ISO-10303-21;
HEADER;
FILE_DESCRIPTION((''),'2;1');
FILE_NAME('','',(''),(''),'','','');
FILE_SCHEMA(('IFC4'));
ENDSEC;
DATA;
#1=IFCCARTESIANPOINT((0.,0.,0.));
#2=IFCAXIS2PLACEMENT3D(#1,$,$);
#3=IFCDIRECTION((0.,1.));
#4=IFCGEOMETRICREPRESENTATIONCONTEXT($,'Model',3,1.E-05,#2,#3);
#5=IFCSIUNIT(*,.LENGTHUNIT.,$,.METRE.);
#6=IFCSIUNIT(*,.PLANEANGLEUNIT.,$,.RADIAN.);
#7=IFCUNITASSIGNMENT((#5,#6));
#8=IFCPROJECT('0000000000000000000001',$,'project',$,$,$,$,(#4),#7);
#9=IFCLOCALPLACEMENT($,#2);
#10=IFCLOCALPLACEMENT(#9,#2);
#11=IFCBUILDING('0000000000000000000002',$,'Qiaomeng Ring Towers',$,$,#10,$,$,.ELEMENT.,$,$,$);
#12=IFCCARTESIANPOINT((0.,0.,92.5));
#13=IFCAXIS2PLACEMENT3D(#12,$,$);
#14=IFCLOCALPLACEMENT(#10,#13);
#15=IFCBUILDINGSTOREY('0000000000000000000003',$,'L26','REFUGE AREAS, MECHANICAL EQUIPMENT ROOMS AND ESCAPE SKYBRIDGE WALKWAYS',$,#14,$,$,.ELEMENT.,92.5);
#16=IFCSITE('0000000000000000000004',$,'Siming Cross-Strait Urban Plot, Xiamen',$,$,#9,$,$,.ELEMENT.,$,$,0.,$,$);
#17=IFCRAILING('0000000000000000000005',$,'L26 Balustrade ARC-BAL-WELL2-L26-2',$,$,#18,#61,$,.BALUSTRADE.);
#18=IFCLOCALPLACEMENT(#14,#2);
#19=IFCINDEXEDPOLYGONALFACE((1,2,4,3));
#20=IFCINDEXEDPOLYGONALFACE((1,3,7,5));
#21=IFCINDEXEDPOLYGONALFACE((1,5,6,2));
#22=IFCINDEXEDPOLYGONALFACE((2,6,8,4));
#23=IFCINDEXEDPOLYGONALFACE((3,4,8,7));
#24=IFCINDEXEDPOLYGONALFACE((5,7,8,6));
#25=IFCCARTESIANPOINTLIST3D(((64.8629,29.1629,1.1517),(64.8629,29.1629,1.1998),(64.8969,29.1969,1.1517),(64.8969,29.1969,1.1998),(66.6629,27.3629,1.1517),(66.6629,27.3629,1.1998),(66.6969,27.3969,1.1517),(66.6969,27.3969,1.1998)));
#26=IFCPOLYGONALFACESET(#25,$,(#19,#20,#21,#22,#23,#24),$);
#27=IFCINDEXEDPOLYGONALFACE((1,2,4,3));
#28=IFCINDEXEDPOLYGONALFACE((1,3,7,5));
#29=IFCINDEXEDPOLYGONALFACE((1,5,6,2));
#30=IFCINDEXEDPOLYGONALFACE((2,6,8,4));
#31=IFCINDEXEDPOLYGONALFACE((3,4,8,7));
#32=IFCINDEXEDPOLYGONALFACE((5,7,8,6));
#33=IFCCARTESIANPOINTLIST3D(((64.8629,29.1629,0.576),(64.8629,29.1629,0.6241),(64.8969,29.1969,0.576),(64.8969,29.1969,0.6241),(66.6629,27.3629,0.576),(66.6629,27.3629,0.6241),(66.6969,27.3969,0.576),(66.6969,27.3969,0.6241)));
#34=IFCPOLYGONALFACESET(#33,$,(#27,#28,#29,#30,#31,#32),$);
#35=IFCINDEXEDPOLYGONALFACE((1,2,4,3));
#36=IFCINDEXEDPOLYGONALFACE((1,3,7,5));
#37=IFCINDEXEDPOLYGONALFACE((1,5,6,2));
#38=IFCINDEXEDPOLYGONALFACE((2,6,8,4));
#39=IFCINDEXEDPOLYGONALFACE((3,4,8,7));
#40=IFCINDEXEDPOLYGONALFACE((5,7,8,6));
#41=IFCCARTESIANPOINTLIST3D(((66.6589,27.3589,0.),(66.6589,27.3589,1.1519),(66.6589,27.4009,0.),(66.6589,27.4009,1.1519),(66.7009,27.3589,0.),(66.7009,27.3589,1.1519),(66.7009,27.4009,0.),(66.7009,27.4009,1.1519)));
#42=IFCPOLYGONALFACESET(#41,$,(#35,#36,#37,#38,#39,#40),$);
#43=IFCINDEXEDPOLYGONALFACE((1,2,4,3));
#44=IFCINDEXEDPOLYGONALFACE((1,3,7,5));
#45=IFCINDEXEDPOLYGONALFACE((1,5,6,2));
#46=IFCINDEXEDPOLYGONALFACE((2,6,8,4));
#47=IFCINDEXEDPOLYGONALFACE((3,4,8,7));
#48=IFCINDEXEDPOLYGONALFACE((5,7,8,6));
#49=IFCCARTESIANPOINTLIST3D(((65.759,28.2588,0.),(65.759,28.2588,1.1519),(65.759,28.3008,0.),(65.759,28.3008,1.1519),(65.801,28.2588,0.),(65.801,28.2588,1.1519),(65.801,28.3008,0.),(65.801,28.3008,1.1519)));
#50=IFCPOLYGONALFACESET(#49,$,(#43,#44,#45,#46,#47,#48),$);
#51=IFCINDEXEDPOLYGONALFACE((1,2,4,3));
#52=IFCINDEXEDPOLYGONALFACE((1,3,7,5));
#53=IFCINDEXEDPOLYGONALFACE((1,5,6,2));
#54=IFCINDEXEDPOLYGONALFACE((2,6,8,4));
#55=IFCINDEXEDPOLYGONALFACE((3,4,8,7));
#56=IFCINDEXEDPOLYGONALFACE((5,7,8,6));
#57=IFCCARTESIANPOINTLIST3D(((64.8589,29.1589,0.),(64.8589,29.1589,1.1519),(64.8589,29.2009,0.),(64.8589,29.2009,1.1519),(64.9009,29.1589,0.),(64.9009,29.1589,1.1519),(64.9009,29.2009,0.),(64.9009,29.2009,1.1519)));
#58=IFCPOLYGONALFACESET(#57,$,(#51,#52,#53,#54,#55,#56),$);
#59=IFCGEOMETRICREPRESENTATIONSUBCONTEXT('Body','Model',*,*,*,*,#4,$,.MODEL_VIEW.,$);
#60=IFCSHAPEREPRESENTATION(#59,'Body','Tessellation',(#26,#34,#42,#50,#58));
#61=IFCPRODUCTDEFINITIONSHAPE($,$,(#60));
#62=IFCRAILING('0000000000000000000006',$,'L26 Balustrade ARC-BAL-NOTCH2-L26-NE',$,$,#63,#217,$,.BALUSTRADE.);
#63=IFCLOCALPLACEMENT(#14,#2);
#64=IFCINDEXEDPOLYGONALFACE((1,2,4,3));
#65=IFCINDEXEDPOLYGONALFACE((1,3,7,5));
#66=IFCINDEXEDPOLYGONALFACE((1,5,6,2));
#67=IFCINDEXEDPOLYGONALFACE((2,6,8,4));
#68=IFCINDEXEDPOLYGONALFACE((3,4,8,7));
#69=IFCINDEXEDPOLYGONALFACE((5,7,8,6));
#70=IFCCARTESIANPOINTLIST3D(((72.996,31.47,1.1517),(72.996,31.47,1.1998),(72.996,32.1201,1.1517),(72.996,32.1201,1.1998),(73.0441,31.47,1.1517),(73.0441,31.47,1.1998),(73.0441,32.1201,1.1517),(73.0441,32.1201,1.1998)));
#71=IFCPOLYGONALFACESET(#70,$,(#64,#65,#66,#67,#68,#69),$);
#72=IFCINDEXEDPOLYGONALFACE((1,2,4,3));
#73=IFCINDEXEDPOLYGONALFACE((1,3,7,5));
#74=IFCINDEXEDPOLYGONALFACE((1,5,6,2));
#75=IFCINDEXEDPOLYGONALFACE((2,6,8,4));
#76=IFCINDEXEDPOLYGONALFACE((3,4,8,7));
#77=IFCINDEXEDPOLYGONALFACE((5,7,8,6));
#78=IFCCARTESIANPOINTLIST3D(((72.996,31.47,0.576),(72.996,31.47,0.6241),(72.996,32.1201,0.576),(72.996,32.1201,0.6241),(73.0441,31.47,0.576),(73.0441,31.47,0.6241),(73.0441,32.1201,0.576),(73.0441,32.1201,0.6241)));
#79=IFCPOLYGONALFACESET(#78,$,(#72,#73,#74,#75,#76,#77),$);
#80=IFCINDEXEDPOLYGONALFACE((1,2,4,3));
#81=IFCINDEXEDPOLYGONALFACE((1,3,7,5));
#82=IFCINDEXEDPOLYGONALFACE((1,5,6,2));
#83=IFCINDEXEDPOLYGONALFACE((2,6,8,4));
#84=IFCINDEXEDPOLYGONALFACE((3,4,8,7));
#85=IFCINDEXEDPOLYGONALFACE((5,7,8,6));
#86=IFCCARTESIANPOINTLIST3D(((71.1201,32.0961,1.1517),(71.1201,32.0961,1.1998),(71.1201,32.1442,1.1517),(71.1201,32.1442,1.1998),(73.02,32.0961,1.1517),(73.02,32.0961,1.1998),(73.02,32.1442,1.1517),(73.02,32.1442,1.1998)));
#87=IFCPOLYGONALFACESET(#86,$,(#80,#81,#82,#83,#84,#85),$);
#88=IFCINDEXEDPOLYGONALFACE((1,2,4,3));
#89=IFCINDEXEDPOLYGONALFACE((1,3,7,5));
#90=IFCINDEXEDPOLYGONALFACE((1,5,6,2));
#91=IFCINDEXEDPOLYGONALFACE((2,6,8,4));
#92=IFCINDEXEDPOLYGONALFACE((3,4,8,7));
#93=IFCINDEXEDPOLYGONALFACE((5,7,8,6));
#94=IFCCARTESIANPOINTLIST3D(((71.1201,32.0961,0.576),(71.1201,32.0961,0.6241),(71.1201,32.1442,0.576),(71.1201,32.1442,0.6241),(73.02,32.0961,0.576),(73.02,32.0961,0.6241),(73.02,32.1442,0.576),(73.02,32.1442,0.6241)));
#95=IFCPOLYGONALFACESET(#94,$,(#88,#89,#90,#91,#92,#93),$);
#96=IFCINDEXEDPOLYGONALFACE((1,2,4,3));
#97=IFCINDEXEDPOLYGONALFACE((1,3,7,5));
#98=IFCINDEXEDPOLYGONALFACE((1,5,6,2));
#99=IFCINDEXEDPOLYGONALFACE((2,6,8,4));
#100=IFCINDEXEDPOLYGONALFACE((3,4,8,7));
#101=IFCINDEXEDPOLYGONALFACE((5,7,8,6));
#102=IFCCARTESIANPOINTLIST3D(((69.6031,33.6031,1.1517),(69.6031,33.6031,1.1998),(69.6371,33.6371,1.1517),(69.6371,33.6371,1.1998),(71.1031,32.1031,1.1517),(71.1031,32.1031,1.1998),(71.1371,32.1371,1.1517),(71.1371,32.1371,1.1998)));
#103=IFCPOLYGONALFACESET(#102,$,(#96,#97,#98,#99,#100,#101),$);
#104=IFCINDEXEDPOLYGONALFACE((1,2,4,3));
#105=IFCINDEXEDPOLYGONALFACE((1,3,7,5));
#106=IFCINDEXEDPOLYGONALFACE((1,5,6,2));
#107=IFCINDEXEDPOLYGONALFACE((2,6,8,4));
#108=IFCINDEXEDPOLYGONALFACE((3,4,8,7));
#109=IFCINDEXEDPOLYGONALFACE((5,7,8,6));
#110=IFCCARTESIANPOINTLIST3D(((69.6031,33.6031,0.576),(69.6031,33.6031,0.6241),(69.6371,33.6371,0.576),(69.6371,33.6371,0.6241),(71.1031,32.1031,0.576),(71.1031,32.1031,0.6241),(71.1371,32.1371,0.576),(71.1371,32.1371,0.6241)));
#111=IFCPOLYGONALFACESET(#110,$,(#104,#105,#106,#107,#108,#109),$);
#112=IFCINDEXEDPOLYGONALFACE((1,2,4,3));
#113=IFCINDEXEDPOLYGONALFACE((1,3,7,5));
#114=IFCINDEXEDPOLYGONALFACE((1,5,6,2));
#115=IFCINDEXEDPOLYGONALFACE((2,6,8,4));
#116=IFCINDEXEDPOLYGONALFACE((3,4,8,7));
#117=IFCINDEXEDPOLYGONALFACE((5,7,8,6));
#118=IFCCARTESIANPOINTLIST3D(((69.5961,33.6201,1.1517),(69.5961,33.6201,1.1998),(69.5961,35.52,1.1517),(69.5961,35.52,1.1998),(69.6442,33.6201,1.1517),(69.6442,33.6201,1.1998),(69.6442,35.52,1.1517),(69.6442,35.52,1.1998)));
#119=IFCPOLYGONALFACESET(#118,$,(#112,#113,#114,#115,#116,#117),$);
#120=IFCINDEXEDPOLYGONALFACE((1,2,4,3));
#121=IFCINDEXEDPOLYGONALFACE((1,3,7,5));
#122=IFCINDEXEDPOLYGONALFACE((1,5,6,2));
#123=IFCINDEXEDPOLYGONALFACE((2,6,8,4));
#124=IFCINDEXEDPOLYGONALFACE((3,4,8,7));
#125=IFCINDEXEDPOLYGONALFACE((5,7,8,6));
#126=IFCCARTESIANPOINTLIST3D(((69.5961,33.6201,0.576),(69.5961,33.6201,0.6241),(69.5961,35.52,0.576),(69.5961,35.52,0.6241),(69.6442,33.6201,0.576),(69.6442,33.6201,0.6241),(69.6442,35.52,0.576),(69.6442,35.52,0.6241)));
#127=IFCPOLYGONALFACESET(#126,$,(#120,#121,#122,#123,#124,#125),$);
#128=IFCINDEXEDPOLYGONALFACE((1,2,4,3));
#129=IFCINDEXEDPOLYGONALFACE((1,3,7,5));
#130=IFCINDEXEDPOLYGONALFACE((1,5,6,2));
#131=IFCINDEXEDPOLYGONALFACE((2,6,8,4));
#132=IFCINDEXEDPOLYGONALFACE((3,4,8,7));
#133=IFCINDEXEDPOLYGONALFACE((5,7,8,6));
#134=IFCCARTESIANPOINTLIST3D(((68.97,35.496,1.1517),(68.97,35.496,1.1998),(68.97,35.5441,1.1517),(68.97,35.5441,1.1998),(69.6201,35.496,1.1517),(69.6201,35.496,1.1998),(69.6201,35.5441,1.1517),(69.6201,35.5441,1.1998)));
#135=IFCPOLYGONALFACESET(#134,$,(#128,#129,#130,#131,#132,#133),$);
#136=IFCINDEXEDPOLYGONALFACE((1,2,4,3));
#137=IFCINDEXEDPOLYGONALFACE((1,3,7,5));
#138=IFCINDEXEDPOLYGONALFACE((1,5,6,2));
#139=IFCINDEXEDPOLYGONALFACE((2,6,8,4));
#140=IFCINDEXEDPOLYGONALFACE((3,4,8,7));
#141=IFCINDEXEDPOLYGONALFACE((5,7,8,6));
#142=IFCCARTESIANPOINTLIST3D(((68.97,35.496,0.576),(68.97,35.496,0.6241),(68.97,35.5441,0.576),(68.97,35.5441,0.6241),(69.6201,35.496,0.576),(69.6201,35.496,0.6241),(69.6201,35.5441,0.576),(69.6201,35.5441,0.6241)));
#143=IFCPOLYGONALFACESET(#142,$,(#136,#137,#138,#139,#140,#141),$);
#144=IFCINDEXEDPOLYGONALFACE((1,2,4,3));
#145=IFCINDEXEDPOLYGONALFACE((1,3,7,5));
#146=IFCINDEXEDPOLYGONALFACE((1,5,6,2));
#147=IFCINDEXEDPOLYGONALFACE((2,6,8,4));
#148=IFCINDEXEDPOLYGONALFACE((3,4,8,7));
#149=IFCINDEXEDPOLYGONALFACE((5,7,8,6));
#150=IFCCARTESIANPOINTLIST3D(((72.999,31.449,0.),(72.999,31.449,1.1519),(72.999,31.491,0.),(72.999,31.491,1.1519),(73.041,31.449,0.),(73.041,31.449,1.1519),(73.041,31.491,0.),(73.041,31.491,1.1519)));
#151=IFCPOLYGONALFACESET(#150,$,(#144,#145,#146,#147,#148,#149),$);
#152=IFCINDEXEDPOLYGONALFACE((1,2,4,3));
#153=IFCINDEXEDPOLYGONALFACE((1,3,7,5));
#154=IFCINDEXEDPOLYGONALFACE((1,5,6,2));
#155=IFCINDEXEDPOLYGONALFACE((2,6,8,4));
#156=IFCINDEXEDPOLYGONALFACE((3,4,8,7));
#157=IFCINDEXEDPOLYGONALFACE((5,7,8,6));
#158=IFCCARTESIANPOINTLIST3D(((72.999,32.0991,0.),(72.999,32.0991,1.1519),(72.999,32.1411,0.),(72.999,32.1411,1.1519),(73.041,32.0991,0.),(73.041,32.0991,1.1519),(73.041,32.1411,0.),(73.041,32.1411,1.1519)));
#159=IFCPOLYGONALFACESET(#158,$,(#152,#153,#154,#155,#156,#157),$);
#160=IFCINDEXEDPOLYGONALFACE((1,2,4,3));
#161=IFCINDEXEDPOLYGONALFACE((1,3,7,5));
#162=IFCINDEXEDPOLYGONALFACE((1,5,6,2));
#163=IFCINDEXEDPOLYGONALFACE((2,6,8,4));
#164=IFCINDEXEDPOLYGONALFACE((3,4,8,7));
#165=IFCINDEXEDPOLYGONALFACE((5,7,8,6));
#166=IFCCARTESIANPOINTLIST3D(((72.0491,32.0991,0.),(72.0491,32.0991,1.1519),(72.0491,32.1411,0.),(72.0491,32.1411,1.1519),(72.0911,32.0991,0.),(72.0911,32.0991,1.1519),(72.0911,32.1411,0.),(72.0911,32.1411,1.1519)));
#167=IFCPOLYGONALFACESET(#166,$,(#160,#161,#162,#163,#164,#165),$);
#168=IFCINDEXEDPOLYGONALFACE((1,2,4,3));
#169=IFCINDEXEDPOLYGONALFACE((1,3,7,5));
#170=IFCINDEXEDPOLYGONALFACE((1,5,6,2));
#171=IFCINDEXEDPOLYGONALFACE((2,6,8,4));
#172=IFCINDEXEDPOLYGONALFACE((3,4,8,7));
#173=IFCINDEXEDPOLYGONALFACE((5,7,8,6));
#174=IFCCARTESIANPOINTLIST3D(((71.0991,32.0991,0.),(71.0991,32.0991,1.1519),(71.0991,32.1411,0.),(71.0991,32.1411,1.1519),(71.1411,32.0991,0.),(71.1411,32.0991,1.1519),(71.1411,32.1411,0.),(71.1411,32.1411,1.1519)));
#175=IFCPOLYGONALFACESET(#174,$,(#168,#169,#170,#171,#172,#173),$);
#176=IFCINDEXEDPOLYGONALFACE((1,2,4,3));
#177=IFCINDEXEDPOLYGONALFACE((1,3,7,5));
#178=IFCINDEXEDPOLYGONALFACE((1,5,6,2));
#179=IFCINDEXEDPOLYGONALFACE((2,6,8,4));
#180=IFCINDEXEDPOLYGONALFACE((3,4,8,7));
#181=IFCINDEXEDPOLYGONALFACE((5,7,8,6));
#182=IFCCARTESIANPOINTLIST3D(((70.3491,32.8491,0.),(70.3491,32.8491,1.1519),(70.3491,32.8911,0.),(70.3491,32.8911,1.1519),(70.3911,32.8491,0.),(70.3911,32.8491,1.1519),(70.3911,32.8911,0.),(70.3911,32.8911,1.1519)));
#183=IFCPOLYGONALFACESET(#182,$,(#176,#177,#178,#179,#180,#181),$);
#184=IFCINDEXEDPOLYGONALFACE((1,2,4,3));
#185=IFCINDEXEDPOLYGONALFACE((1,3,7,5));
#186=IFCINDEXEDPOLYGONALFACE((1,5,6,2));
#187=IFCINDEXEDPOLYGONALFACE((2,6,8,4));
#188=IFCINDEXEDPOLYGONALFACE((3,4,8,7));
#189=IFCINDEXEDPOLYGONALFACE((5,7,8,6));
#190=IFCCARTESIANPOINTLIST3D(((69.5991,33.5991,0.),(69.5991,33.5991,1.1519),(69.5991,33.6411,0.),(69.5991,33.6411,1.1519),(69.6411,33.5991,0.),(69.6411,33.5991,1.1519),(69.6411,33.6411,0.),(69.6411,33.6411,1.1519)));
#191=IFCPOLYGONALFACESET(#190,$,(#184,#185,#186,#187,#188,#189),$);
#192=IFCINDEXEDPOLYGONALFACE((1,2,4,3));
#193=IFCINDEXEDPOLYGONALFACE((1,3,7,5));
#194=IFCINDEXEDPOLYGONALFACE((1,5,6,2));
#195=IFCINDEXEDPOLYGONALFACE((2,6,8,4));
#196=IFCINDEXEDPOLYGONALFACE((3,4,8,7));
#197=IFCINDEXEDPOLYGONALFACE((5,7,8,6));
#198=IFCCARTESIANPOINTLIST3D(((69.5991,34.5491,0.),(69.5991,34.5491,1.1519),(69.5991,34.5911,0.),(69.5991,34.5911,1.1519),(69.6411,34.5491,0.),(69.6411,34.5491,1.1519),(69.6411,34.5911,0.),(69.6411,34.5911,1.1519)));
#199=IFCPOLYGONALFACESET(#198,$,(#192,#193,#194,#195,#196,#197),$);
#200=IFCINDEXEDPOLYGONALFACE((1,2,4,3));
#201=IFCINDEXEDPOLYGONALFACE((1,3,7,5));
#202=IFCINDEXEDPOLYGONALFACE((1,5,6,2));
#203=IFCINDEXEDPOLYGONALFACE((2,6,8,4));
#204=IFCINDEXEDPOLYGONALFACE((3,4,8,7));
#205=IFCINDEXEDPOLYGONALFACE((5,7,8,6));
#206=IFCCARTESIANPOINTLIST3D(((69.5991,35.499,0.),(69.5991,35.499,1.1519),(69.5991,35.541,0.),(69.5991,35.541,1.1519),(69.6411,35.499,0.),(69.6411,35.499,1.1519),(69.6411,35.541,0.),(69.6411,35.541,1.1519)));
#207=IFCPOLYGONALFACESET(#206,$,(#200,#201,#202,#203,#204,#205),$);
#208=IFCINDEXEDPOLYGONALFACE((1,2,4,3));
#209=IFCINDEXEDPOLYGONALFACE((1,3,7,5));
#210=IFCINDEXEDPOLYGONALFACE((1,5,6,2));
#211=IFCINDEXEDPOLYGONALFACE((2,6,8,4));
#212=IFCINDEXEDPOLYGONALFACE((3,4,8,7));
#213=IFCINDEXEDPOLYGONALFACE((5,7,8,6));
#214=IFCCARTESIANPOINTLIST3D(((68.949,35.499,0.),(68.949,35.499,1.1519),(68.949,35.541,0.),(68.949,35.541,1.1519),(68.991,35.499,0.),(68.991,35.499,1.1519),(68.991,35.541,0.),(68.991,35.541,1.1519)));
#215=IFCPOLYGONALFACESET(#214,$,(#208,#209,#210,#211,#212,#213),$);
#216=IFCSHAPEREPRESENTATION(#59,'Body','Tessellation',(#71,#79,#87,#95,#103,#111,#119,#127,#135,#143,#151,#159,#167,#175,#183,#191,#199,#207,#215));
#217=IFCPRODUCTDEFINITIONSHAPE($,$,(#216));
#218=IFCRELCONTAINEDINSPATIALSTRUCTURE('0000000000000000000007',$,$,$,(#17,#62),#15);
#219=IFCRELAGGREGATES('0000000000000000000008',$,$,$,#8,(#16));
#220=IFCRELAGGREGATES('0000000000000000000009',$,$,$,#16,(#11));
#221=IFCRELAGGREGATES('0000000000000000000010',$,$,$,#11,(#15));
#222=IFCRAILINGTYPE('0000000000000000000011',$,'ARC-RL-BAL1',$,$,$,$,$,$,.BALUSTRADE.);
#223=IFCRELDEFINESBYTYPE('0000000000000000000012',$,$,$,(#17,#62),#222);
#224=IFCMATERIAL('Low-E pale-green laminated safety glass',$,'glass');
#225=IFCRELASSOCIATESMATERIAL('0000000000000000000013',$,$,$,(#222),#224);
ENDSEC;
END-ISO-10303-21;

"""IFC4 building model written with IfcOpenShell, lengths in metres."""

from ifc_helpers import new_model, si_unit, direction, frame, origin, origin_2d, place, context, subcontext, project, spatial, rectangle, extrude, material, type_object, element, save


model = new_model("IFC4")

# Units and contexts
model_context = context("Model", 3, precision=1e-05, world=origin(), true_north=direction((0.0, 1.0)))
body_context = subcontext(model_context, "Body", "Model", "MODEL_VIEW")
ifc_project = project(units=[si_unit("LENGTHUNIT", "METRE"), si_unit("PLANEANGLEUNIT", "RADIAN")], contexts=[model_context])

# Site, building, storey
site_placement = place(None, origin())
site = spatial("IfcSite", under=ifc_project, at=site_placement, Name="Siming Cross-Strait Urban Plot, Xiamen", CompositionType="ELEMENT", RefElevation=0.0)
building_placement = place(site_placement, origin())
building = spatial("IfcBuilding", under=site, at=building_placement, Name="Qiaomeng Ring Towers", CompositionType="ELEMENT")
storey_placement = place(building_placement, frame((0.0, 0.0, 92.5)))
storey = spatial("IfcBuildingStorey", under=building, at=storey_placement, Name="L26", Description="REFUGE AREAS, MECHANICAL EQUIPMENT ROOMS AND ESCAPE SKYBRIDGE WALKWAYS", CompositionType="ELEMENT", Elevation=92.5)

# Railings
ifc_material_1 = material(Name="Low-E pale-green laminated safety glass", Category="glass")
railing_type = type_object("IfcRailingType", Name="ARC-RL-BAL1", PredefinedType="BALUSTRADE", material=ifc_material_1)
railing_1_placement = place(storey_placement, frame((66.6799, 27.3799, 0.0)))
element("IfcRailing", 1, at=railing_1_placement, inside=storey, type_object=railing_type, Name="L26 Balustrade ARC-BAL-WELL2-L26-2", PredefinedType="BALUSTRADE", context=body_context, shape_type="SweptSolid", body=[
    extrude(rectangle(XDim=0.0481, YDim=0.0481, at=origin_2d()), frame((0.0, 0.0, 1.1758), z_axis=(-0.707107, 0.707107, 0.0), x_axis=(-0.707107, -0.707107, 0.0)), (0.0, 0.0, 1.0), 2.5457),
    extrude(rectangle(XDim=0.0481, YDim=0.0481, at=origin_2d()), frame((0.0, 0.0, 0.6001), z_axis=(-0.707107, 0.707107, 0.0), x_axis=(-0.707107, -0.707107, 0.0)), (0.0, 0.0, 1.0), 2.5457),
    extrude(rectangle(XDim=0.042, YDim=0.042, at=origin_2d()), origin(), (0.0, 0.0, 1.0), 1.1519),
    extrude(rectangle(XDim=0.042, YDim=0.042, at=origin_2d()), frame((-0.8999, 0.8999, 0.0)), (0.0, 0.0, 1.0), 1.1519),
    extrude(rectangle(XDim=0.042, YDim=0.042, at=origin_2d()), frame((-1.8, 1.8, 0.0)), (0.0, 0.0, 1.0), 1.1519),
])
railing_2_placement = place(storey_placement, frame((73.02, 31.47, 0.0)))
element("IfcRailing", 2, at=railing_2_placement, inside=storey, type_object=railing_type, Name="L26 Balustrade ARC-BAL-NOTCH2-L26-NE", PredefinedType="BALUSTRADE", context=body_context, shape_type="SweptSolid", body=[
    extrude(rectangle(XDim=0.0481, YDim=0.0481, at=origin_2d()), frame((0.0, 0.0, 1.1758), z_axis=(0.0, 1.0, 0.0), x_axis=(-1.0, 0.0, 0.0)), (0.0, 0.0, 1.0), 0.6501),
    extrude(rectangle(XDim=0.0481, YDim=0.0481, at=origin_2d()), frame((0.0, 0.0, 0.6001), z_axis=(0.0, 1.0, 0.0), x_axis=(-1.0, 0.0, 0.0)), (0.0, 0.0, 1.0), 0.6501),
    extrude(rectangle(XDim=0.0481, YDim=0.0481, at=origin_2d()), frame((0.0, 0.6501, 1.1758), z_axis=(-1.0, 0.0, 0.0), x_axis=(0.0, -1.0, 0.0)), (0.0, 0.0, 1.0), 1.8999),
    extrude(rectangle(XDim=0.0481, YDim=0.0481, at=origin_2d()), frame((0.0, 0.6501, 0.6001), z_axis=(-1.0, 0.0, 0.0), x_axis=(0.0, -1.0, 0.0)), (0.0, 0.0, 1.0), 1.8999),
    extrude(rectangle(XDim=0.0481, YDim=0.0481, at=origin_2d()), frame((-1.8999, 0.6501, 1.1758), z_axis=(-0.707107, 0.707107, 0.0), x_axis=(-0.707107, -0.707107, 0.0)), (0.0, 0.0, 1.0), 2.1213),
    extrude(rectangle(XDim=0.0481, YDim=0.0481, at=origin_2d()), frame((-1.8999, 0.6501, 0.6001), z_axis=(-0.707107, 0.707107, 0.0), x_axis=(-0.707107, -0.707107, 0.0)), (0.0, 0.0, 1.0), 2.1213),
    extrude(rectangle(XDim=0.0481, YDim=0.0481, at=origin_2d()), frame((-3.3999, 2.1501, 1.1758), z_axis=(0.0, 1.0, 0.0), x_axis=(-1.0, 0.0, 0.0)), (0.0, 0.0, 1.0), 1.8999),
    extrude(rectangle(XDim=0.0481, YDim=0.0481, at=origin_2d()), frame((-3.3999, 2.1501, 0.6001), z_axis=(0.0, 1.0, 0.0), x_axis=(-1.0, 0.0, 0.0)), (0.0, 0.0, 1.0), 1.8999),
    extrude(rectangle(XDim=0.0481, YDim=0.0481, at=origin_2d()), frame((-3.3999, 4.05, 1.1758), z_axis=(-1.0, 0.0, 0.0), x_axis=(0.0, -1.0, 0.0)), (0.0, 0.0, 1.0), 0.6501),
    extrude(rectangle(XDim=0.0481, YDim=0.0481, at=origin_2d()), frame((-3.3999, 4.05, 0.6001), z_axis=(-1.0, 0.0, 0.0), x_axis=(0.0, -1.0, 0.0)), (0.0, 0.0, 1.0), 0.6501),
    extrude(rectangle(XDim=0.042, YDim=0.042, at=origin_2d()), origin(), (0.0, 0.0, 1.0), 1.1519),
    extrude(rectangle(XDim=0.042, YDim=0.042, at=origin_2d()), frame((0.0, 0.6501, 0.0)), (0.0, 0.0, 1.0), 1.1519),
    extrude(rectangle(XDim=0.042, YDim=0.042, at=origin_2d()), frame((-0.95, 0.6501, 0.0)), (0.0, 0.0, 1.0), 1.1519),
    extrude(rectangle(XDim=0.042, YDim=0.042, at=origin_2d()), frame((-1.8999, 0.6501, 0.0)), (0.0, 0.0, 1.0), 1.1519),
    extrude(rectangle(XDim=0.042, YDim=0.042, at=origin_2d()), frame((-2.6499, 1.4001, 0.0)), (0.0, 0.0, 1.0), 1.1519),
    extrude(rectangle(XDim=0.042, YDim=0.042, at=origin_2d()), frame((-3.3999, 2.1501, 0.0)), (0.0, 0.0, 1.0), 1.1519),
    extrude(rectangle(XDim=0.042, YDim=0.042, at=origin_2d()), frame((-3.3999, 3.1001, 0.0)), (0.0, 0.0, 1.0), 1.1519),
    extrude(rectangle(XDim=0.042, YDim=0.042, at=origin_2d()), frame((-3.3999, 4.05, 0.0)), (0.0, 0.0, 1.0), 1.1519),
    extrude(rectangle(XDim=0.042, YDim=0.042, at=origin_2d()), frame((-4.05, 4.05, 0.0)), (0.0, 0.0, 1.0), 1.1519),
])

save(model, "model.ifc")
